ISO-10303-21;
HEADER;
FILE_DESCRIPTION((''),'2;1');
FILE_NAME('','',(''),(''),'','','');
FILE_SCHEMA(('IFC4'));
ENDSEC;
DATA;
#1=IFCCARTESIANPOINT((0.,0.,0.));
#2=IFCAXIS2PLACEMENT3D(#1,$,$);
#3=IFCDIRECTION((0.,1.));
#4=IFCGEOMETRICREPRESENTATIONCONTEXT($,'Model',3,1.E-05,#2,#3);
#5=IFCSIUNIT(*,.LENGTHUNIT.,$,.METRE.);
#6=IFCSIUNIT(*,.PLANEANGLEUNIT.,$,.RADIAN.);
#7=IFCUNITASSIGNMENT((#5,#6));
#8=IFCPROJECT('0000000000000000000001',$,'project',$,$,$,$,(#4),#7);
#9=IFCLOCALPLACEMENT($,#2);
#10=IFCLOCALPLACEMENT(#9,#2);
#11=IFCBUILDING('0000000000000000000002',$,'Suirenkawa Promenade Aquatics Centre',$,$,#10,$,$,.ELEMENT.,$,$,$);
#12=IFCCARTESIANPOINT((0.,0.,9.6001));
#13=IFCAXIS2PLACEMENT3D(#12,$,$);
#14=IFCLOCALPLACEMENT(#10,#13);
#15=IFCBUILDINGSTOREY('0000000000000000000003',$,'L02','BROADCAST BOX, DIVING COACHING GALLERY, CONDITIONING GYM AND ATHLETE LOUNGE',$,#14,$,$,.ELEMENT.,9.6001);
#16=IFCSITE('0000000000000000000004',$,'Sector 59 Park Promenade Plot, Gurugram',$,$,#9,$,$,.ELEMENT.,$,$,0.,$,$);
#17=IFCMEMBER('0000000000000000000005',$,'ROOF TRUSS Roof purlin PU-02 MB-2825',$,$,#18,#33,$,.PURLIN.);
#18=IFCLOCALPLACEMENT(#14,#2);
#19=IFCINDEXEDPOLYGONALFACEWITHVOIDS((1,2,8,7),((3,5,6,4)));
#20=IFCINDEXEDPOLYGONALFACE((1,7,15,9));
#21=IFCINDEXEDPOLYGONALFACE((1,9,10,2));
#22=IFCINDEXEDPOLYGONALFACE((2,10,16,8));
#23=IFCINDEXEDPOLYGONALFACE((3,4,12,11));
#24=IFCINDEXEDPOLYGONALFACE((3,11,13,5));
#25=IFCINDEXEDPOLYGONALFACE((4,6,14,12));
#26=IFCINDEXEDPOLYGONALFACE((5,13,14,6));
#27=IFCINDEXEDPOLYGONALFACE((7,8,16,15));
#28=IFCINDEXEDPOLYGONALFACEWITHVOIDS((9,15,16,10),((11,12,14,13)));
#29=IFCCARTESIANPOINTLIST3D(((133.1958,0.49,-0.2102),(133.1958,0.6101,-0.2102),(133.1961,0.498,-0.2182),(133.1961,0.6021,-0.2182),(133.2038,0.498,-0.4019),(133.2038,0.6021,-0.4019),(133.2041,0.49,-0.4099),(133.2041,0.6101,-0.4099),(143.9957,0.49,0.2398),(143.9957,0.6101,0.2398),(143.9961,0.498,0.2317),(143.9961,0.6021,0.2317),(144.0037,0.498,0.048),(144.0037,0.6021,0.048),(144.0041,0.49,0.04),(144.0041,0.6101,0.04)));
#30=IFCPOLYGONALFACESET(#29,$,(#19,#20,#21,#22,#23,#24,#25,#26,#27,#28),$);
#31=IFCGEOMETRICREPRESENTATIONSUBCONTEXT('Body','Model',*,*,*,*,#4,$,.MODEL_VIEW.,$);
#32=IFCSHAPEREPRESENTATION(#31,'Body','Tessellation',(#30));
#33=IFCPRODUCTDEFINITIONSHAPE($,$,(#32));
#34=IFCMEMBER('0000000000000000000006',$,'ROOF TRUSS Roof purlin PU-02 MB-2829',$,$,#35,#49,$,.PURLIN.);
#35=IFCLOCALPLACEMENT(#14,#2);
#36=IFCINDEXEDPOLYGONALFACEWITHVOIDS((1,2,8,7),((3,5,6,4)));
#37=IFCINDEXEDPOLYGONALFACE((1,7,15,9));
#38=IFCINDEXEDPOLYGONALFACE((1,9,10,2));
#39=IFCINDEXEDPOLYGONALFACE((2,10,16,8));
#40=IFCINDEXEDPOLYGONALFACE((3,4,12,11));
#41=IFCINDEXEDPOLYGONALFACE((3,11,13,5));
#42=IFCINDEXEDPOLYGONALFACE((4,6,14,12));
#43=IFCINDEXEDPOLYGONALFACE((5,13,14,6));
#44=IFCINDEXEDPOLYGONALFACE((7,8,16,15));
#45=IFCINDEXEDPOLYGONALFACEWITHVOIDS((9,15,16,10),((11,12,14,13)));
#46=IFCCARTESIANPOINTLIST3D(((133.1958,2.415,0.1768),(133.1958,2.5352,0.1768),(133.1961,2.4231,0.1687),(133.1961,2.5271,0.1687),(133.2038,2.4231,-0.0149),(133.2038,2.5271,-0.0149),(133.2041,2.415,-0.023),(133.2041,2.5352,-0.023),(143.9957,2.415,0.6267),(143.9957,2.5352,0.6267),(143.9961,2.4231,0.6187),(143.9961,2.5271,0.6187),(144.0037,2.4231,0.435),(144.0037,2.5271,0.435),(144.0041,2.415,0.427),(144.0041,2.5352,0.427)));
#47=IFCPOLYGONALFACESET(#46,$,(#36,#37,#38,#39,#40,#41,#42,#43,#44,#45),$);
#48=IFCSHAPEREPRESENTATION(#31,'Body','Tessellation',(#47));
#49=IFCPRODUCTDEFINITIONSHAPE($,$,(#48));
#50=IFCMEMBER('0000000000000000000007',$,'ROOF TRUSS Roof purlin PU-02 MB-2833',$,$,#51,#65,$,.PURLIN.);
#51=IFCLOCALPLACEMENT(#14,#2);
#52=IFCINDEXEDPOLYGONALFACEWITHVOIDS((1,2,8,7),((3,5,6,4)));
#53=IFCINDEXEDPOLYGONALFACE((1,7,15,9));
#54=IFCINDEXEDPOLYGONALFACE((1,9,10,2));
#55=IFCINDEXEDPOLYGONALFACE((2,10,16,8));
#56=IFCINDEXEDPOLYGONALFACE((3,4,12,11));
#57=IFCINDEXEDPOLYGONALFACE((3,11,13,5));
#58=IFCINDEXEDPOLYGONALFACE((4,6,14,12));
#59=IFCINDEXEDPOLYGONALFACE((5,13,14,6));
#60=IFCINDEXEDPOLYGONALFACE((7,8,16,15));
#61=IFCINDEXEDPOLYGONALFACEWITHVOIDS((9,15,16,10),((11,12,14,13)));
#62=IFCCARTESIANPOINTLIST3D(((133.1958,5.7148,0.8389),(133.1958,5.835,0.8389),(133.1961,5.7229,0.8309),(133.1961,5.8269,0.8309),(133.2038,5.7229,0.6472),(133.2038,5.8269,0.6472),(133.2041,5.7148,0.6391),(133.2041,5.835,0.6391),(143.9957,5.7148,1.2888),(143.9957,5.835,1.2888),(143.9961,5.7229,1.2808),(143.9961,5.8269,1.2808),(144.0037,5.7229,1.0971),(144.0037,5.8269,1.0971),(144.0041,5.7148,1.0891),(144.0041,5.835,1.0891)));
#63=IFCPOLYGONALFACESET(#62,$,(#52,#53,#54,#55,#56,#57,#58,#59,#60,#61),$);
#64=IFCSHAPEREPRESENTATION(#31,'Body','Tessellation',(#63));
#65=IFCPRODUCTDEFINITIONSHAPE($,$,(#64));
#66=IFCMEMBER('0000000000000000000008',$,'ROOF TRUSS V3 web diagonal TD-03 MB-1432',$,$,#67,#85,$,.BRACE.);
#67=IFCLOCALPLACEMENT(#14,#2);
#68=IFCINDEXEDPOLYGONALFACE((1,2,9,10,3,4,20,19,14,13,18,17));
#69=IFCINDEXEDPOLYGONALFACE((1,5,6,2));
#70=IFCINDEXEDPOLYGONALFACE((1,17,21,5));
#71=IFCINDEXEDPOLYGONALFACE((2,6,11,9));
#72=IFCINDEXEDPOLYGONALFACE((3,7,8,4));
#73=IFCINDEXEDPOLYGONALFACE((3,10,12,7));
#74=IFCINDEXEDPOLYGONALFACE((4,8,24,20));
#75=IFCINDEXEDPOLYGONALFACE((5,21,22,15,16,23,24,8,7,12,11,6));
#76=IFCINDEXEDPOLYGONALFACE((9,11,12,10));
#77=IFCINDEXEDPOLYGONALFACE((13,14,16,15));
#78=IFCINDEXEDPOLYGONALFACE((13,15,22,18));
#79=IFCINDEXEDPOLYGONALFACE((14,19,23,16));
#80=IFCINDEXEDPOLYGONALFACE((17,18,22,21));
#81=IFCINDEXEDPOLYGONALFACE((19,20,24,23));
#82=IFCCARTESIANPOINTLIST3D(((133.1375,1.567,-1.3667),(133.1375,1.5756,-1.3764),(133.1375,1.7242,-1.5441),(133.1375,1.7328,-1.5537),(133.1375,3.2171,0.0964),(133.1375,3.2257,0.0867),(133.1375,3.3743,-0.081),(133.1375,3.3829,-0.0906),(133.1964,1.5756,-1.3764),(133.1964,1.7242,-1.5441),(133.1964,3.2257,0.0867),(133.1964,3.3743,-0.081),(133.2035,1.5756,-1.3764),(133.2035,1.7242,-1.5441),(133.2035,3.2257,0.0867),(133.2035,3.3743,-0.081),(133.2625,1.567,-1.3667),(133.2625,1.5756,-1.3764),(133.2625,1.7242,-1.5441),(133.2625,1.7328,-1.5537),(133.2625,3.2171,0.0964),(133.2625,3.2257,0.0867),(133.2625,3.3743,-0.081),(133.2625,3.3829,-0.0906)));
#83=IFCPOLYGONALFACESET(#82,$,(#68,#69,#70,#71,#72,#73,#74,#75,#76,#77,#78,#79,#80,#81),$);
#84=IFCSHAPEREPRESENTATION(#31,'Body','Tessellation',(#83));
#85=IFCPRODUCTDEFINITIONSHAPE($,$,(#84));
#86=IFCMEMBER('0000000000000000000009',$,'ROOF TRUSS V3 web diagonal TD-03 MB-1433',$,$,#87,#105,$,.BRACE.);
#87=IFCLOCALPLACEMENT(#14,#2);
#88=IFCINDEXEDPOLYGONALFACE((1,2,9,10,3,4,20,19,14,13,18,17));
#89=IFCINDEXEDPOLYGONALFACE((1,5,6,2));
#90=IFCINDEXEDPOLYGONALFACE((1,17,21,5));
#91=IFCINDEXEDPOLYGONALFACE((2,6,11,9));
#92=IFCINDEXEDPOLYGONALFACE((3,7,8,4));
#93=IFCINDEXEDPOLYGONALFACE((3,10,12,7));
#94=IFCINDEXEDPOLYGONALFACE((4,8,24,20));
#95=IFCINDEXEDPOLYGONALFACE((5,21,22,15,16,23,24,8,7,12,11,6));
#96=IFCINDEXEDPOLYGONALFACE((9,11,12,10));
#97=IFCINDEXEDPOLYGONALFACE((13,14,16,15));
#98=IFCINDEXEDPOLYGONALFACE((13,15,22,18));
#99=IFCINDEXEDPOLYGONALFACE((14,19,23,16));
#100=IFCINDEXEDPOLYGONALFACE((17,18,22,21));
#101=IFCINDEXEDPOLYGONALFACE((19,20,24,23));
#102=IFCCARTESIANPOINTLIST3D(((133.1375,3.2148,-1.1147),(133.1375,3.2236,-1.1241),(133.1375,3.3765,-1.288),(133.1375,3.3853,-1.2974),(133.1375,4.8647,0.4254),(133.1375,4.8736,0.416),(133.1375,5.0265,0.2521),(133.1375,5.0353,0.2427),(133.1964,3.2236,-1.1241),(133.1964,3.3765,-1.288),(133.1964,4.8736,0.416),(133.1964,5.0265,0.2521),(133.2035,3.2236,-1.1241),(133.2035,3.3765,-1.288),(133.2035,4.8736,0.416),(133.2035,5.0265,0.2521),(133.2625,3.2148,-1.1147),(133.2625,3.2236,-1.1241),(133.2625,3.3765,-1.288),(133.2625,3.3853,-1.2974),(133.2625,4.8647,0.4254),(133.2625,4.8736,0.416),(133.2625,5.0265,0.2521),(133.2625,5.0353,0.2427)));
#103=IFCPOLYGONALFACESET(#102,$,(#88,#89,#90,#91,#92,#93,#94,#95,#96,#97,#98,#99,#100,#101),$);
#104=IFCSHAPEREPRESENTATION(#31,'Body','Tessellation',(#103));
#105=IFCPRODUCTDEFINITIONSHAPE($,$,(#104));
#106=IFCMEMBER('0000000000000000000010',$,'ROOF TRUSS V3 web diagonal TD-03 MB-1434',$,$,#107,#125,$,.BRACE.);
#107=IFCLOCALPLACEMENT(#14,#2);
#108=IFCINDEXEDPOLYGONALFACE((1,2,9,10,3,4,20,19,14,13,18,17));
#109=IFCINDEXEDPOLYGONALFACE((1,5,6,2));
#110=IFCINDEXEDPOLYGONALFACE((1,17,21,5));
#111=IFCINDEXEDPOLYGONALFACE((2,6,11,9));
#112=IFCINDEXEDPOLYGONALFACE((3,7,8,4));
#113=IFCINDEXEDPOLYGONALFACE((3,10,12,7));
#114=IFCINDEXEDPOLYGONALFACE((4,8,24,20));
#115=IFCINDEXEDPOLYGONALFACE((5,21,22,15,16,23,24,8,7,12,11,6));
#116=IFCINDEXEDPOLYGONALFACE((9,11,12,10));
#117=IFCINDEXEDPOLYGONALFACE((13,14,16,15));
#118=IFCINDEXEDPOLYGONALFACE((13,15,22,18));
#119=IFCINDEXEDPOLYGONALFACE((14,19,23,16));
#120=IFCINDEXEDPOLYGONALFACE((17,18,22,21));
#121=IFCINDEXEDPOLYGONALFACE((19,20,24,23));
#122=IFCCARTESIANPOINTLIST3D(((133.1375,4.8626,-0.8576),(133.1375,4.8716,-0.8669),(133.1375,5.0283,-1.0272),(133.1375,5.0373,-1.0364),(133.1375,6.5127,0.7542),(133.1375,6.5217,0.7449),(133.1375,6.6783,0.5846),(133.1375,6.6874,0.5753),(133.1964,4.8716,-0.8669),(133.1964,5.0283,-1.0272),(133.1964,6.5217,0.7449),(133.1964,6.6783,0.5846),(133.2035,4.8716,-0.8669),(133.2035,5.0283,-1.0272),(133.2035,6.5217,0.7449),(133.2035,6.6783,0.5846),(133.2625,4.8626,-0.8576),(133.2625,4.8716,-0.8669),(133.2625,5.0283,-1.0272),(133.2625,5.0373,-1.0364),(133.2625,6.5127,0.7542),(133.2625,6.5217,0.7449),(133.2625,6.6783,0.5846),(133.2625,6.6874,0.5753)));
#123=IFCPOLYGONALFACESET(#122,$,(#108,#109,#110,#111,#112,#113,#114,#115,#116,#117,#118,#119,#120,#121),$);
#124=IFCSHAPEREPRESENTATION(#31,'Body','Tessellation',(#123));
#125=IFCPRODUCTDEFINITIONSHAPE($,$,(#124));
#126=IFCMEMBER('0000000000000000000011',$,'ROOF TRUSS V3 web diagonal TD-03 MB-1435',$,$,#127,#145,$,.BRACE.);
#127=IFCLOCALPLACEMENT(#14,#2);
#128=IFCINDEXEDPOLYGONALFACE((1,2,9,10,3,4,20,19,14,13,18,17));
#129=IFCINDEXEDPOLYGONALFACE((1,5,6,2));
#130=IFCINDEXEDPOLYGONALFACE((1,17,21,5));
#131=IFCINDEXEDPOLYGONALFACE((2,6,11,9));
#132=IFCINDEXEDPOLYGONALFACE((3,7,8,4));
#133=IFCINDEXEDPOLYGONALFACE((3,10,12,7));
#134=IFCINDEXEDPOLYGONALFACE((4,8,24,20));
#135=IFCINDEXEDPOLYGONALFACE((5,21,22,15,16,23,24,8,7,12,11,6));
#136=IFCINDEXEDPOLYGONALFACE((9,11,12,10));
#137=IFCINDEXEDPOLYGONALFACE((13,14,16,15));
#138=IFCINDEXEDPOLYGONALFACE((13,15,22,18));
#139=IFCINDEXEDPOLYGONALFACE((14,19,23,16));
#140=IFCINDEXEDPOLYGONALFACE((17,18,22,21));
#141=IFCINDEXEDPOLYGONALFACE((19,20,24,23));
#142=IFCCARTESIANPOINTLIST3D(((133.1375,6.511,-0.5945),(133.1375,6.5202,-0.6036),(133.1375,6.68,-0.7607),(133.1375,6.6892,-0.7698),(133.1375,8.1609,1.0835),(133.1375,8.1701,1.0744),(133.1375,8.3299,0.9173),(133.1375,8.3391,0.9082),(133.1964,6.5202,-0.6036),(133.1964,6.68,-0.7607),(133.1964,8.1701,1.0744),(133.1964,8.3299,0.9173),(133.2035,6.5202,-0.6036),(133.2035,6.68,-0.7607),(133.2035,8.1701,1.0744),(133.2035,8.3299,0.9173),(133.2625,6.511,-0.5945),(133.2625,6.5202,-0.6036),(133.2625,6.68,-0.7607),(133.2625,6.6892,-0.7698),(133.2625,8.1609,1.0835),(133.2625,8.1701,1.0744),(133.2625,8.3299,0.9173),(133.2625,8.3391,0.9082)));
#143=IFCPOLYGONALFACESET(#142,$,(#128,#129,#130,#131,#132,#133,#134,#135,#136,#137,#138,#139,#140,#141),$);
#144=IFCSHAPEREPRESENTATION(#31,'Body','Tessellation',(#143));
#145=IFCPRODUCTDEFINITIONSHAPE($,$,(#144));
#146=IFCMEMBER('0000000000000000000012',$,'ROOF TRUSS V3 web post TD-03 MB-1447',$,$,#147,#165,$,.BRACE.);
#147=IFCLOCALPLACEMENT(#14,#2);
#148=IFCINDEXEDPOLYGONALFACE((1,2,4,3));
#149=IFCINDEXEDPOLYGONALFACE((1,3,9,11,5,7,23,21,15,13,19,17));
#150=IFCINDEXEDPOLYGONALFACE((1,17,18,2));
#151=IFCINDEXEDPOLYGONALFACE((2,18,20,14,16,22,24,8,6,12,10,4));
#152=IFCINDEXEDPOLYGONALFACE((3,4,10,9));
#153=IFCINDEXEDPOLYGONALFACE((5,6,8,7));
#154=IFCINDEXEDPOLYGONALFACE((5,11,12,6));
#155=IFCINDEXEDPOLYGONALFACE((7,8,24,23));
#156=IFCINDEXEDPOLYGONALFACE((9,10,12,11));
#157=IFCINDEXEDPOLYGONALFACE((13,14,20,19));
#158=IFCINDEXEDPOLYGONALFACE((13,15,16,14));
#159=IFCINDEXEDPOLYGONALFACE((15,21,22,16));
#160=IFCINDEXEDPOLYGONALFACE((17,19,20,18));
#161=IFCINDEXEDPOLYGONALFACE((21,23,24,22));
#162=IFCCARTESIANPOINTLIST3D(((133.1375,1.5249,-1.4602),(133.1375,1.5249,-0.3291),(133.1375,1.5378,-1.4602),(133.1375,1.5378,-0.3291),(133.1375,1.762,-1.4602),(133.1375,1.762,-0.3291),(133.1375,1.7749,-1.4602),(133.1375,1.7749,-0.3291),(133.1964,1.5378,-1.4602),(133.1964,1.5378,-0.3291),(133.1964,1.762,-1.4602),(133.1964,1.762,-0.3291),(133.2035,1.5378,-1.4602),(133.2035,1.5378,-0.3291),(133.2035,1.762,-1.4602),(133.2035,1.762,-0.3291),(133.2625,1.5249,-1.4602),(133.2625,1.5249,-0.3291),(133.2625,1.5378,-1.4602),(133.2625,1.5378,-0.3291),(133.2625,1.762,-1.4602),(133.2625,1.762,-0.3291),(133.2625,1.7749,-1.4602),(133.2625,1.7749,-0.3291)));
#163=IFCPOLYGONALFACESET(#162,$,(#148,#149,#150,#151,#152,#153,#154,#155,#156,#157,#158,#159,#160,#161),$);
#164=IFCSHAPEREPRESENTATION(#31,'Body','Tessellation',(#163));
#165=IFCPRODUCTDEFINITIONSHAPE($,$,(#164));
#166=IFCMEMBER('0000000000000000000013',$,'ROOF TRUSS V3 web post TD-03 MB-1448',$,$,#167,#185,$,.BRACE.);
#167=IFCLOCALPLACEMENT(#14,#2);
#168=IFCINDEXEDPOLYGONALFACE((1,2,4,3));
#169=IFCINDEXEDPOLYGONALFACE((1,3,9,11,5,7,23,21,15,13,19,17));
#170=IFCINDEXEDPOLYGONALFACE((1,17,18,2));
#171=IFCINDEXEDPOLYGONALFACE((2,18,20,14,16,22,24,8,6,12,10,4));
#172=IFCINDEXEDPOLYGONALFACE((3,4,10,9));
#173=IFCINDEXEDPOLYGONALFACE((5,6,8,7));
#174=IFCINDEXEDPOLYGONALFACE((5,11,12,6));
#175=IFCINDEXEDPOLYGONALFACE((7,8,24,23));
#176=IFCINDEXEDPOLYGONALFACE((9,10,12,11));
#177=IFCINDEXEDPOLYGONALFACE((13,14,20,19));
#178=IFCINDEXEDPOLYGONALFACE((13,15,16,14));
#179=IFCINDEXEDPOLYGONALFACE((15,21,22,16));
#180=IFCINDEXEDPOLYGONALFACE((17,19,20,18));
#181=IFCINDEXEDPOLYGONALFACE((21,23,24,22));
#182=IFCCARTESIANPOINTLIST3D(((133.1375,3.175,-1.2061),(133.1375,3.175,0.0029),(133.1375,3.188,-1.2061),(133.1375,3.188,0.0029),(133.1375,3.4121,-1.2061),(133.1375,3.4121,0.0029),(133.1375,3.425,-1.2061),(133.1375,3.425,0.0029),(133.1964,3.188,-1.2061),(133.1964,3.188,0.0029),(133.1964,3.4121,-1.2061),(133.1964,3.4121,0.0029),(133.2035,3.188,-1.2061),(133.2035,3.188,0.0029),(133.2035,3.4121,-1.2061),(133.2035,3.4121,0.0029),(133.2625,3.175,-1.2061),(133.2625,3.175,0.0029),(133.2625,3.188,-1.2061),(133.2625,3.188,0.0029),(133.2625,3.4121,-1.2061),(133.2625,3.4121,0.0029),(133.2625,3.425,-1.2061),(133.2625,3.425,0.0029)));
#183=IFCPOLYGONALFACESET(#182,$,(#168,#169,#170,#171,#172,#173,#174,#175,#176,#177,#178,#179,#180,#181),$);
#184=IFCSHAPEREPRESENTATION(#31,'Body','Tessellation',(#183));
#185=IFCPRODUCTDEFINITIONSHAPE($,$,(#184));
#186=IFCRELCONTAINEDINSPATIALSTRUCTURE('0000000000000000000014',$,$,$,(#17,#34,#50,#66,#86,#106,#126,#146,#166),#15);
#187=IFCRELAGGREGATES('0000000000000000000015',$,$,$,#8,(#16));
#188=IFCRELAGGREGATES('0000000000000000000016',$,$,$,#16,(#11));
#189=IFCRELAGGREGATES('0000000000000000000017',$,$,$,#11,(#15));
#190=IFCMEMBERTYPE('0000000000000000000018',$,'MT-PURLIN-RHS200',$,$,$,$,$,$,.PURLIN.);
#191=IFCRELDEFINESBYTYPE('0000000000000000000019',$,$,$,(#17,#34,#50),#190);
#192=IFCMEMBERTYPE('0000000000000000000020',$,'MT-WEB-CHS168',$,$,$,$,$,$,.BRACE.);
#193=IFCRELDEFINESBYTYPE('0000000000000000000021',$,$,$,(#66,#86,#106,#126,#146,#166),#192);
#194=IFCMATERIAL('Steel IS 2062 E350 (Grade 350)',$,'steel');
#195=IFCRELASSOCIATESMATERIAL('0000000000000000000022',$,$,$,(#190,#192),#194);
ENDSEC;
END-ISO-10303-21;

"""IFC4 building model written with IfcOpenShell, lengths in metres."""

from ifc_helpers import new_model, si_unit, direction, frame, origin, origin_2d, place, context, subcontext, project, spatial, hollow_rectangle, i_section, extrude, material, material_profile, profile_set, type_object, element, save


model = new_model("IFC4")

# Units and contexts
model_context = context("Model", 3, precision=1e-05, world=origin(), true_north=direction((0.0, 1.0)))
body_context = subcontext(model_context, "Body", "Model", "MODEL_VIEW")
ifc_project = project(units=[si_unit("LENGTHUNIT", "METRE"), si_unit("PLANEANGLEUNIT", "RADIAN")], contexts=[model_context])

# Site, building, storey
site_placement = place(None, origin())
site = spatial("IfcSite", under=ifc_project, at=site_placement, Name="Sector 59 Park Promenade Plot, Gurugram", CompositionType="ELEMENT", RefElevation=0.0)
building_placement = place(site_placement, origin())
building = spatial("IfcBuilding", under=site, at=building_placement, Name="Suirenkawa Promenade Aquatics Centre", CompositionType="ELEMENT")
storey_placement = place(building_placement, frame((0.0, 0.0, 9.6001)))
storey = spatial("IfcBuildingStorey", under=building, at=storey_placement, Name="L02", Description="BROADCAST BOX, DIVING COACHING GALLERY, CONDITIONING GYM AND ATHLETE LOUNGE", CompositionType="ELEMENT", Elevation=9.6001)

# Shared definitions
ifc_material_1 = material(Name="Steel IS 2062 E350 (Grade 350)", Category="steel")

# Members
ifc_material_profile_1 = material_profile(ifc_material_1, hollow_rectangle(XDim=0.1201, YDim=0.2, WallThickness=0.0081, at=origin_2d()), Name="RHS 200x120x8", Category="steel")
ifc_profile_set_1 = profile_set([ifc_material_profile_1], Name="Steel IS 2062 E350 (Grade 350)")
member_type_1 = type_object("IfcMemberType", Name="MT-PURLIN-RHS200", PredefinedType="PURLIN", material=ifc_profile_set_1)
for number, where, z_axis, x_axis, name in (
    (1, (133.2, 0.55, -0.3101), (0.999133, 0.0, 0.041626), (0.0, 1.0, 0.0), "ROOF TRUSS Roof purlin PU-02 MB-2825"),
    (2, (133.2, 2.4751, 0.0769), (0.999133, 0.0, 0.041626), (0.0, 1.0, 0.0), "ROOF TRUSS Roof purlin PU-02 MB-2829"),
    (3, (133.2, 5.7749, 0.739), (0.999133, 0.0, 0.041626), (0.0, 1.0, 0.0), "ROOF TRUSS Roof purlin PU-02 MB-2833"),
):
    element("IfcMember", number, at=place(storey_placement, frame(where, z_axis=z_axis, x_axis=x_axis)), inside=storey, type_object=member_type_1, Name=name, PredefinedType="PURLIN", context=body_context, shape_type="SweptSolid", body=[
        extrude(hollow_rectangle(XDim=0.1201, YDim=0.2, WallThickness=0.0081, at=origin_2d()), origin(), (0.0, 0.0, 1.0), 10.8093),
    ])
ifc_material_profile_2 = material_profile(ifc_material_1, i_section(OverallWidth=0.125, OverallDepth=0.25, WebThickness=0.0071, FlangeThickness=0.0129, at=origin_2d()), Name="ISMB 250", Category="steel")
ifc_profile_set_2 = profile_set([ifc_material_profile_2], Name="Steel IS 2062 E350 (Grade 350)")
member_type_2 = type_object("IfcMemberType", Name="MT-WEB-CHS168", PredefinedType="BRACE", material=ifc_profile_set_2)
member_1_placement = place(storey_placement, frame((133.2, 1.6499, -1.4602), z_axis=(0.0, 0.748233, 0.663436), x_axis=(-1.0, 0.0, 0.0)))
element("IfcMember", 4, at=member_1_placement, inside=storey, type_object=member_type_2, Name="ROOF TRUSS V3 web diagonal TD-03 MB-1432", PredefinedType="BRACE", context=body_context, shape_type="SweptSolid", body=[
    extrude(i_section(OverallWidth=0.125, OverallDepth=0.25, WebThickness=0.0071, FlangeThickness=0.0129, at=origin_2d()), origin(), (0.0, 0.0, 1.0), 2.2053),
])
member_2_placement = place(storey_placement, frame((133.2, 3.3, -1.2061), z_axis=(0.0, 0.731026, 0.682349), x_axis=(-1.0, 0.0, 0.0)))
element("IfcMember", 5, at=member_2_placement, inside=storey, type_object=member_type_2, Name="ROOF TRUSS V3 web diagonal TD-03 MB-1433", PredefinedType="BRACE", context=body_context, shape_type="SweptSolid", body=[
    extrude(i_section(OverallWidth=0.125, OverallDepth=0.25, WebThickness=0.0071, FlangeThickness=0.0129, at=origin_2d()), origin(), (0.0, 0.0, 1.0), 2.2571),
])
member_3_placement = place(storey_placement, frame((133.2, 4.95, -0.947), z_axis=(0.0, 0.715366, 0.69875), x_axis=(-1.0, 0.0, 0.0)))
element("IfcMember", 6, at=member_3_placement, inside=storey, type_object=member_type_2, Name="ROOF TRUSS V3 web diagonal TD-03 MB-1434", PredefinedType="BRACE", context=body_context, shape_type="SweptSolid", body=[
    extrude(i_section(OverallWidth=0.125, OverallDepth=0.25, WebThickness=0.0071, FlangeThickness=0.0129, at=origin_2d()), origin(), (0.0, 0.0, 1.0), 2.3066),
])
member_4_placement = place(storey_placement, frame((133.2, 6.6001, -0.6821), z_axis=(0.0, 0.701116, 0.713047), x_axis=(-1.0, 0.0, 0.0)))
element("IfcMember", 7, at=member_4_placement, inside=storey, type_object=member_type_2, Name="ROOF TRUSS V3 web diagonal TD-03 MB-1435", PredefinedType="BRACE", context=body_context, shape_type="SweptSolid", body=[
    extrude(i_section(OverallWidth=0.125, OverallDepth=0.25, WebThickness=0.0071, FlangeThickness=0.0129, at=origin_2d()), origin(), (0.0, 0.0, 1.0), 2.3533),
])
member_5_placement = place(storey_placement, frame((133.2, 1.6499, -1.4602), z_axis=(0.0, 0.0, 1.0), x_axis=(1.0, 0.0, 0.0)))
element("IfcMember", 8, at=member_5_placement, inside=storey, type_object=member_type_2, Name="ROOF TRUSS V3 web post TD-03 MB-1447", PredefinedType="BRACE", context=body_context, shape_type="SweptSolid", body=[
    extrude(i_section(OverallWidth=0.125, OverallDepth=0.25, WebThickness=0.0071, FlangeThickness=0.0129, at=origin_2d()), origin(), (0.0, 0.0, 1.0), 1.1311),
])
member_6_placement = place(storey_placement, frame((133.2, 3.3, -1.2061), z_axis=(0.0, 0.0, 1.0), x_axis=(1.0, 0.0, 0.0)))
element("IfcMember", 9, at=member_6_placement, inside=storey, type_object=member_type_2, Name="ROOF TRUSS V3 web post TD-03 MB-1448", PredefinedType="BRACE", context=body_context, shape_type="SweptSolid", body=[
    extrude(i_section(OverallWidth=0.125, OverallDepth=0.25, WebThickness=0.0071, FlangeThickness=0.0129, at=origin_2d()), origin(), (0.0, 0.0, 1.0), 1.209),
])

save(model, "model.ifc")
